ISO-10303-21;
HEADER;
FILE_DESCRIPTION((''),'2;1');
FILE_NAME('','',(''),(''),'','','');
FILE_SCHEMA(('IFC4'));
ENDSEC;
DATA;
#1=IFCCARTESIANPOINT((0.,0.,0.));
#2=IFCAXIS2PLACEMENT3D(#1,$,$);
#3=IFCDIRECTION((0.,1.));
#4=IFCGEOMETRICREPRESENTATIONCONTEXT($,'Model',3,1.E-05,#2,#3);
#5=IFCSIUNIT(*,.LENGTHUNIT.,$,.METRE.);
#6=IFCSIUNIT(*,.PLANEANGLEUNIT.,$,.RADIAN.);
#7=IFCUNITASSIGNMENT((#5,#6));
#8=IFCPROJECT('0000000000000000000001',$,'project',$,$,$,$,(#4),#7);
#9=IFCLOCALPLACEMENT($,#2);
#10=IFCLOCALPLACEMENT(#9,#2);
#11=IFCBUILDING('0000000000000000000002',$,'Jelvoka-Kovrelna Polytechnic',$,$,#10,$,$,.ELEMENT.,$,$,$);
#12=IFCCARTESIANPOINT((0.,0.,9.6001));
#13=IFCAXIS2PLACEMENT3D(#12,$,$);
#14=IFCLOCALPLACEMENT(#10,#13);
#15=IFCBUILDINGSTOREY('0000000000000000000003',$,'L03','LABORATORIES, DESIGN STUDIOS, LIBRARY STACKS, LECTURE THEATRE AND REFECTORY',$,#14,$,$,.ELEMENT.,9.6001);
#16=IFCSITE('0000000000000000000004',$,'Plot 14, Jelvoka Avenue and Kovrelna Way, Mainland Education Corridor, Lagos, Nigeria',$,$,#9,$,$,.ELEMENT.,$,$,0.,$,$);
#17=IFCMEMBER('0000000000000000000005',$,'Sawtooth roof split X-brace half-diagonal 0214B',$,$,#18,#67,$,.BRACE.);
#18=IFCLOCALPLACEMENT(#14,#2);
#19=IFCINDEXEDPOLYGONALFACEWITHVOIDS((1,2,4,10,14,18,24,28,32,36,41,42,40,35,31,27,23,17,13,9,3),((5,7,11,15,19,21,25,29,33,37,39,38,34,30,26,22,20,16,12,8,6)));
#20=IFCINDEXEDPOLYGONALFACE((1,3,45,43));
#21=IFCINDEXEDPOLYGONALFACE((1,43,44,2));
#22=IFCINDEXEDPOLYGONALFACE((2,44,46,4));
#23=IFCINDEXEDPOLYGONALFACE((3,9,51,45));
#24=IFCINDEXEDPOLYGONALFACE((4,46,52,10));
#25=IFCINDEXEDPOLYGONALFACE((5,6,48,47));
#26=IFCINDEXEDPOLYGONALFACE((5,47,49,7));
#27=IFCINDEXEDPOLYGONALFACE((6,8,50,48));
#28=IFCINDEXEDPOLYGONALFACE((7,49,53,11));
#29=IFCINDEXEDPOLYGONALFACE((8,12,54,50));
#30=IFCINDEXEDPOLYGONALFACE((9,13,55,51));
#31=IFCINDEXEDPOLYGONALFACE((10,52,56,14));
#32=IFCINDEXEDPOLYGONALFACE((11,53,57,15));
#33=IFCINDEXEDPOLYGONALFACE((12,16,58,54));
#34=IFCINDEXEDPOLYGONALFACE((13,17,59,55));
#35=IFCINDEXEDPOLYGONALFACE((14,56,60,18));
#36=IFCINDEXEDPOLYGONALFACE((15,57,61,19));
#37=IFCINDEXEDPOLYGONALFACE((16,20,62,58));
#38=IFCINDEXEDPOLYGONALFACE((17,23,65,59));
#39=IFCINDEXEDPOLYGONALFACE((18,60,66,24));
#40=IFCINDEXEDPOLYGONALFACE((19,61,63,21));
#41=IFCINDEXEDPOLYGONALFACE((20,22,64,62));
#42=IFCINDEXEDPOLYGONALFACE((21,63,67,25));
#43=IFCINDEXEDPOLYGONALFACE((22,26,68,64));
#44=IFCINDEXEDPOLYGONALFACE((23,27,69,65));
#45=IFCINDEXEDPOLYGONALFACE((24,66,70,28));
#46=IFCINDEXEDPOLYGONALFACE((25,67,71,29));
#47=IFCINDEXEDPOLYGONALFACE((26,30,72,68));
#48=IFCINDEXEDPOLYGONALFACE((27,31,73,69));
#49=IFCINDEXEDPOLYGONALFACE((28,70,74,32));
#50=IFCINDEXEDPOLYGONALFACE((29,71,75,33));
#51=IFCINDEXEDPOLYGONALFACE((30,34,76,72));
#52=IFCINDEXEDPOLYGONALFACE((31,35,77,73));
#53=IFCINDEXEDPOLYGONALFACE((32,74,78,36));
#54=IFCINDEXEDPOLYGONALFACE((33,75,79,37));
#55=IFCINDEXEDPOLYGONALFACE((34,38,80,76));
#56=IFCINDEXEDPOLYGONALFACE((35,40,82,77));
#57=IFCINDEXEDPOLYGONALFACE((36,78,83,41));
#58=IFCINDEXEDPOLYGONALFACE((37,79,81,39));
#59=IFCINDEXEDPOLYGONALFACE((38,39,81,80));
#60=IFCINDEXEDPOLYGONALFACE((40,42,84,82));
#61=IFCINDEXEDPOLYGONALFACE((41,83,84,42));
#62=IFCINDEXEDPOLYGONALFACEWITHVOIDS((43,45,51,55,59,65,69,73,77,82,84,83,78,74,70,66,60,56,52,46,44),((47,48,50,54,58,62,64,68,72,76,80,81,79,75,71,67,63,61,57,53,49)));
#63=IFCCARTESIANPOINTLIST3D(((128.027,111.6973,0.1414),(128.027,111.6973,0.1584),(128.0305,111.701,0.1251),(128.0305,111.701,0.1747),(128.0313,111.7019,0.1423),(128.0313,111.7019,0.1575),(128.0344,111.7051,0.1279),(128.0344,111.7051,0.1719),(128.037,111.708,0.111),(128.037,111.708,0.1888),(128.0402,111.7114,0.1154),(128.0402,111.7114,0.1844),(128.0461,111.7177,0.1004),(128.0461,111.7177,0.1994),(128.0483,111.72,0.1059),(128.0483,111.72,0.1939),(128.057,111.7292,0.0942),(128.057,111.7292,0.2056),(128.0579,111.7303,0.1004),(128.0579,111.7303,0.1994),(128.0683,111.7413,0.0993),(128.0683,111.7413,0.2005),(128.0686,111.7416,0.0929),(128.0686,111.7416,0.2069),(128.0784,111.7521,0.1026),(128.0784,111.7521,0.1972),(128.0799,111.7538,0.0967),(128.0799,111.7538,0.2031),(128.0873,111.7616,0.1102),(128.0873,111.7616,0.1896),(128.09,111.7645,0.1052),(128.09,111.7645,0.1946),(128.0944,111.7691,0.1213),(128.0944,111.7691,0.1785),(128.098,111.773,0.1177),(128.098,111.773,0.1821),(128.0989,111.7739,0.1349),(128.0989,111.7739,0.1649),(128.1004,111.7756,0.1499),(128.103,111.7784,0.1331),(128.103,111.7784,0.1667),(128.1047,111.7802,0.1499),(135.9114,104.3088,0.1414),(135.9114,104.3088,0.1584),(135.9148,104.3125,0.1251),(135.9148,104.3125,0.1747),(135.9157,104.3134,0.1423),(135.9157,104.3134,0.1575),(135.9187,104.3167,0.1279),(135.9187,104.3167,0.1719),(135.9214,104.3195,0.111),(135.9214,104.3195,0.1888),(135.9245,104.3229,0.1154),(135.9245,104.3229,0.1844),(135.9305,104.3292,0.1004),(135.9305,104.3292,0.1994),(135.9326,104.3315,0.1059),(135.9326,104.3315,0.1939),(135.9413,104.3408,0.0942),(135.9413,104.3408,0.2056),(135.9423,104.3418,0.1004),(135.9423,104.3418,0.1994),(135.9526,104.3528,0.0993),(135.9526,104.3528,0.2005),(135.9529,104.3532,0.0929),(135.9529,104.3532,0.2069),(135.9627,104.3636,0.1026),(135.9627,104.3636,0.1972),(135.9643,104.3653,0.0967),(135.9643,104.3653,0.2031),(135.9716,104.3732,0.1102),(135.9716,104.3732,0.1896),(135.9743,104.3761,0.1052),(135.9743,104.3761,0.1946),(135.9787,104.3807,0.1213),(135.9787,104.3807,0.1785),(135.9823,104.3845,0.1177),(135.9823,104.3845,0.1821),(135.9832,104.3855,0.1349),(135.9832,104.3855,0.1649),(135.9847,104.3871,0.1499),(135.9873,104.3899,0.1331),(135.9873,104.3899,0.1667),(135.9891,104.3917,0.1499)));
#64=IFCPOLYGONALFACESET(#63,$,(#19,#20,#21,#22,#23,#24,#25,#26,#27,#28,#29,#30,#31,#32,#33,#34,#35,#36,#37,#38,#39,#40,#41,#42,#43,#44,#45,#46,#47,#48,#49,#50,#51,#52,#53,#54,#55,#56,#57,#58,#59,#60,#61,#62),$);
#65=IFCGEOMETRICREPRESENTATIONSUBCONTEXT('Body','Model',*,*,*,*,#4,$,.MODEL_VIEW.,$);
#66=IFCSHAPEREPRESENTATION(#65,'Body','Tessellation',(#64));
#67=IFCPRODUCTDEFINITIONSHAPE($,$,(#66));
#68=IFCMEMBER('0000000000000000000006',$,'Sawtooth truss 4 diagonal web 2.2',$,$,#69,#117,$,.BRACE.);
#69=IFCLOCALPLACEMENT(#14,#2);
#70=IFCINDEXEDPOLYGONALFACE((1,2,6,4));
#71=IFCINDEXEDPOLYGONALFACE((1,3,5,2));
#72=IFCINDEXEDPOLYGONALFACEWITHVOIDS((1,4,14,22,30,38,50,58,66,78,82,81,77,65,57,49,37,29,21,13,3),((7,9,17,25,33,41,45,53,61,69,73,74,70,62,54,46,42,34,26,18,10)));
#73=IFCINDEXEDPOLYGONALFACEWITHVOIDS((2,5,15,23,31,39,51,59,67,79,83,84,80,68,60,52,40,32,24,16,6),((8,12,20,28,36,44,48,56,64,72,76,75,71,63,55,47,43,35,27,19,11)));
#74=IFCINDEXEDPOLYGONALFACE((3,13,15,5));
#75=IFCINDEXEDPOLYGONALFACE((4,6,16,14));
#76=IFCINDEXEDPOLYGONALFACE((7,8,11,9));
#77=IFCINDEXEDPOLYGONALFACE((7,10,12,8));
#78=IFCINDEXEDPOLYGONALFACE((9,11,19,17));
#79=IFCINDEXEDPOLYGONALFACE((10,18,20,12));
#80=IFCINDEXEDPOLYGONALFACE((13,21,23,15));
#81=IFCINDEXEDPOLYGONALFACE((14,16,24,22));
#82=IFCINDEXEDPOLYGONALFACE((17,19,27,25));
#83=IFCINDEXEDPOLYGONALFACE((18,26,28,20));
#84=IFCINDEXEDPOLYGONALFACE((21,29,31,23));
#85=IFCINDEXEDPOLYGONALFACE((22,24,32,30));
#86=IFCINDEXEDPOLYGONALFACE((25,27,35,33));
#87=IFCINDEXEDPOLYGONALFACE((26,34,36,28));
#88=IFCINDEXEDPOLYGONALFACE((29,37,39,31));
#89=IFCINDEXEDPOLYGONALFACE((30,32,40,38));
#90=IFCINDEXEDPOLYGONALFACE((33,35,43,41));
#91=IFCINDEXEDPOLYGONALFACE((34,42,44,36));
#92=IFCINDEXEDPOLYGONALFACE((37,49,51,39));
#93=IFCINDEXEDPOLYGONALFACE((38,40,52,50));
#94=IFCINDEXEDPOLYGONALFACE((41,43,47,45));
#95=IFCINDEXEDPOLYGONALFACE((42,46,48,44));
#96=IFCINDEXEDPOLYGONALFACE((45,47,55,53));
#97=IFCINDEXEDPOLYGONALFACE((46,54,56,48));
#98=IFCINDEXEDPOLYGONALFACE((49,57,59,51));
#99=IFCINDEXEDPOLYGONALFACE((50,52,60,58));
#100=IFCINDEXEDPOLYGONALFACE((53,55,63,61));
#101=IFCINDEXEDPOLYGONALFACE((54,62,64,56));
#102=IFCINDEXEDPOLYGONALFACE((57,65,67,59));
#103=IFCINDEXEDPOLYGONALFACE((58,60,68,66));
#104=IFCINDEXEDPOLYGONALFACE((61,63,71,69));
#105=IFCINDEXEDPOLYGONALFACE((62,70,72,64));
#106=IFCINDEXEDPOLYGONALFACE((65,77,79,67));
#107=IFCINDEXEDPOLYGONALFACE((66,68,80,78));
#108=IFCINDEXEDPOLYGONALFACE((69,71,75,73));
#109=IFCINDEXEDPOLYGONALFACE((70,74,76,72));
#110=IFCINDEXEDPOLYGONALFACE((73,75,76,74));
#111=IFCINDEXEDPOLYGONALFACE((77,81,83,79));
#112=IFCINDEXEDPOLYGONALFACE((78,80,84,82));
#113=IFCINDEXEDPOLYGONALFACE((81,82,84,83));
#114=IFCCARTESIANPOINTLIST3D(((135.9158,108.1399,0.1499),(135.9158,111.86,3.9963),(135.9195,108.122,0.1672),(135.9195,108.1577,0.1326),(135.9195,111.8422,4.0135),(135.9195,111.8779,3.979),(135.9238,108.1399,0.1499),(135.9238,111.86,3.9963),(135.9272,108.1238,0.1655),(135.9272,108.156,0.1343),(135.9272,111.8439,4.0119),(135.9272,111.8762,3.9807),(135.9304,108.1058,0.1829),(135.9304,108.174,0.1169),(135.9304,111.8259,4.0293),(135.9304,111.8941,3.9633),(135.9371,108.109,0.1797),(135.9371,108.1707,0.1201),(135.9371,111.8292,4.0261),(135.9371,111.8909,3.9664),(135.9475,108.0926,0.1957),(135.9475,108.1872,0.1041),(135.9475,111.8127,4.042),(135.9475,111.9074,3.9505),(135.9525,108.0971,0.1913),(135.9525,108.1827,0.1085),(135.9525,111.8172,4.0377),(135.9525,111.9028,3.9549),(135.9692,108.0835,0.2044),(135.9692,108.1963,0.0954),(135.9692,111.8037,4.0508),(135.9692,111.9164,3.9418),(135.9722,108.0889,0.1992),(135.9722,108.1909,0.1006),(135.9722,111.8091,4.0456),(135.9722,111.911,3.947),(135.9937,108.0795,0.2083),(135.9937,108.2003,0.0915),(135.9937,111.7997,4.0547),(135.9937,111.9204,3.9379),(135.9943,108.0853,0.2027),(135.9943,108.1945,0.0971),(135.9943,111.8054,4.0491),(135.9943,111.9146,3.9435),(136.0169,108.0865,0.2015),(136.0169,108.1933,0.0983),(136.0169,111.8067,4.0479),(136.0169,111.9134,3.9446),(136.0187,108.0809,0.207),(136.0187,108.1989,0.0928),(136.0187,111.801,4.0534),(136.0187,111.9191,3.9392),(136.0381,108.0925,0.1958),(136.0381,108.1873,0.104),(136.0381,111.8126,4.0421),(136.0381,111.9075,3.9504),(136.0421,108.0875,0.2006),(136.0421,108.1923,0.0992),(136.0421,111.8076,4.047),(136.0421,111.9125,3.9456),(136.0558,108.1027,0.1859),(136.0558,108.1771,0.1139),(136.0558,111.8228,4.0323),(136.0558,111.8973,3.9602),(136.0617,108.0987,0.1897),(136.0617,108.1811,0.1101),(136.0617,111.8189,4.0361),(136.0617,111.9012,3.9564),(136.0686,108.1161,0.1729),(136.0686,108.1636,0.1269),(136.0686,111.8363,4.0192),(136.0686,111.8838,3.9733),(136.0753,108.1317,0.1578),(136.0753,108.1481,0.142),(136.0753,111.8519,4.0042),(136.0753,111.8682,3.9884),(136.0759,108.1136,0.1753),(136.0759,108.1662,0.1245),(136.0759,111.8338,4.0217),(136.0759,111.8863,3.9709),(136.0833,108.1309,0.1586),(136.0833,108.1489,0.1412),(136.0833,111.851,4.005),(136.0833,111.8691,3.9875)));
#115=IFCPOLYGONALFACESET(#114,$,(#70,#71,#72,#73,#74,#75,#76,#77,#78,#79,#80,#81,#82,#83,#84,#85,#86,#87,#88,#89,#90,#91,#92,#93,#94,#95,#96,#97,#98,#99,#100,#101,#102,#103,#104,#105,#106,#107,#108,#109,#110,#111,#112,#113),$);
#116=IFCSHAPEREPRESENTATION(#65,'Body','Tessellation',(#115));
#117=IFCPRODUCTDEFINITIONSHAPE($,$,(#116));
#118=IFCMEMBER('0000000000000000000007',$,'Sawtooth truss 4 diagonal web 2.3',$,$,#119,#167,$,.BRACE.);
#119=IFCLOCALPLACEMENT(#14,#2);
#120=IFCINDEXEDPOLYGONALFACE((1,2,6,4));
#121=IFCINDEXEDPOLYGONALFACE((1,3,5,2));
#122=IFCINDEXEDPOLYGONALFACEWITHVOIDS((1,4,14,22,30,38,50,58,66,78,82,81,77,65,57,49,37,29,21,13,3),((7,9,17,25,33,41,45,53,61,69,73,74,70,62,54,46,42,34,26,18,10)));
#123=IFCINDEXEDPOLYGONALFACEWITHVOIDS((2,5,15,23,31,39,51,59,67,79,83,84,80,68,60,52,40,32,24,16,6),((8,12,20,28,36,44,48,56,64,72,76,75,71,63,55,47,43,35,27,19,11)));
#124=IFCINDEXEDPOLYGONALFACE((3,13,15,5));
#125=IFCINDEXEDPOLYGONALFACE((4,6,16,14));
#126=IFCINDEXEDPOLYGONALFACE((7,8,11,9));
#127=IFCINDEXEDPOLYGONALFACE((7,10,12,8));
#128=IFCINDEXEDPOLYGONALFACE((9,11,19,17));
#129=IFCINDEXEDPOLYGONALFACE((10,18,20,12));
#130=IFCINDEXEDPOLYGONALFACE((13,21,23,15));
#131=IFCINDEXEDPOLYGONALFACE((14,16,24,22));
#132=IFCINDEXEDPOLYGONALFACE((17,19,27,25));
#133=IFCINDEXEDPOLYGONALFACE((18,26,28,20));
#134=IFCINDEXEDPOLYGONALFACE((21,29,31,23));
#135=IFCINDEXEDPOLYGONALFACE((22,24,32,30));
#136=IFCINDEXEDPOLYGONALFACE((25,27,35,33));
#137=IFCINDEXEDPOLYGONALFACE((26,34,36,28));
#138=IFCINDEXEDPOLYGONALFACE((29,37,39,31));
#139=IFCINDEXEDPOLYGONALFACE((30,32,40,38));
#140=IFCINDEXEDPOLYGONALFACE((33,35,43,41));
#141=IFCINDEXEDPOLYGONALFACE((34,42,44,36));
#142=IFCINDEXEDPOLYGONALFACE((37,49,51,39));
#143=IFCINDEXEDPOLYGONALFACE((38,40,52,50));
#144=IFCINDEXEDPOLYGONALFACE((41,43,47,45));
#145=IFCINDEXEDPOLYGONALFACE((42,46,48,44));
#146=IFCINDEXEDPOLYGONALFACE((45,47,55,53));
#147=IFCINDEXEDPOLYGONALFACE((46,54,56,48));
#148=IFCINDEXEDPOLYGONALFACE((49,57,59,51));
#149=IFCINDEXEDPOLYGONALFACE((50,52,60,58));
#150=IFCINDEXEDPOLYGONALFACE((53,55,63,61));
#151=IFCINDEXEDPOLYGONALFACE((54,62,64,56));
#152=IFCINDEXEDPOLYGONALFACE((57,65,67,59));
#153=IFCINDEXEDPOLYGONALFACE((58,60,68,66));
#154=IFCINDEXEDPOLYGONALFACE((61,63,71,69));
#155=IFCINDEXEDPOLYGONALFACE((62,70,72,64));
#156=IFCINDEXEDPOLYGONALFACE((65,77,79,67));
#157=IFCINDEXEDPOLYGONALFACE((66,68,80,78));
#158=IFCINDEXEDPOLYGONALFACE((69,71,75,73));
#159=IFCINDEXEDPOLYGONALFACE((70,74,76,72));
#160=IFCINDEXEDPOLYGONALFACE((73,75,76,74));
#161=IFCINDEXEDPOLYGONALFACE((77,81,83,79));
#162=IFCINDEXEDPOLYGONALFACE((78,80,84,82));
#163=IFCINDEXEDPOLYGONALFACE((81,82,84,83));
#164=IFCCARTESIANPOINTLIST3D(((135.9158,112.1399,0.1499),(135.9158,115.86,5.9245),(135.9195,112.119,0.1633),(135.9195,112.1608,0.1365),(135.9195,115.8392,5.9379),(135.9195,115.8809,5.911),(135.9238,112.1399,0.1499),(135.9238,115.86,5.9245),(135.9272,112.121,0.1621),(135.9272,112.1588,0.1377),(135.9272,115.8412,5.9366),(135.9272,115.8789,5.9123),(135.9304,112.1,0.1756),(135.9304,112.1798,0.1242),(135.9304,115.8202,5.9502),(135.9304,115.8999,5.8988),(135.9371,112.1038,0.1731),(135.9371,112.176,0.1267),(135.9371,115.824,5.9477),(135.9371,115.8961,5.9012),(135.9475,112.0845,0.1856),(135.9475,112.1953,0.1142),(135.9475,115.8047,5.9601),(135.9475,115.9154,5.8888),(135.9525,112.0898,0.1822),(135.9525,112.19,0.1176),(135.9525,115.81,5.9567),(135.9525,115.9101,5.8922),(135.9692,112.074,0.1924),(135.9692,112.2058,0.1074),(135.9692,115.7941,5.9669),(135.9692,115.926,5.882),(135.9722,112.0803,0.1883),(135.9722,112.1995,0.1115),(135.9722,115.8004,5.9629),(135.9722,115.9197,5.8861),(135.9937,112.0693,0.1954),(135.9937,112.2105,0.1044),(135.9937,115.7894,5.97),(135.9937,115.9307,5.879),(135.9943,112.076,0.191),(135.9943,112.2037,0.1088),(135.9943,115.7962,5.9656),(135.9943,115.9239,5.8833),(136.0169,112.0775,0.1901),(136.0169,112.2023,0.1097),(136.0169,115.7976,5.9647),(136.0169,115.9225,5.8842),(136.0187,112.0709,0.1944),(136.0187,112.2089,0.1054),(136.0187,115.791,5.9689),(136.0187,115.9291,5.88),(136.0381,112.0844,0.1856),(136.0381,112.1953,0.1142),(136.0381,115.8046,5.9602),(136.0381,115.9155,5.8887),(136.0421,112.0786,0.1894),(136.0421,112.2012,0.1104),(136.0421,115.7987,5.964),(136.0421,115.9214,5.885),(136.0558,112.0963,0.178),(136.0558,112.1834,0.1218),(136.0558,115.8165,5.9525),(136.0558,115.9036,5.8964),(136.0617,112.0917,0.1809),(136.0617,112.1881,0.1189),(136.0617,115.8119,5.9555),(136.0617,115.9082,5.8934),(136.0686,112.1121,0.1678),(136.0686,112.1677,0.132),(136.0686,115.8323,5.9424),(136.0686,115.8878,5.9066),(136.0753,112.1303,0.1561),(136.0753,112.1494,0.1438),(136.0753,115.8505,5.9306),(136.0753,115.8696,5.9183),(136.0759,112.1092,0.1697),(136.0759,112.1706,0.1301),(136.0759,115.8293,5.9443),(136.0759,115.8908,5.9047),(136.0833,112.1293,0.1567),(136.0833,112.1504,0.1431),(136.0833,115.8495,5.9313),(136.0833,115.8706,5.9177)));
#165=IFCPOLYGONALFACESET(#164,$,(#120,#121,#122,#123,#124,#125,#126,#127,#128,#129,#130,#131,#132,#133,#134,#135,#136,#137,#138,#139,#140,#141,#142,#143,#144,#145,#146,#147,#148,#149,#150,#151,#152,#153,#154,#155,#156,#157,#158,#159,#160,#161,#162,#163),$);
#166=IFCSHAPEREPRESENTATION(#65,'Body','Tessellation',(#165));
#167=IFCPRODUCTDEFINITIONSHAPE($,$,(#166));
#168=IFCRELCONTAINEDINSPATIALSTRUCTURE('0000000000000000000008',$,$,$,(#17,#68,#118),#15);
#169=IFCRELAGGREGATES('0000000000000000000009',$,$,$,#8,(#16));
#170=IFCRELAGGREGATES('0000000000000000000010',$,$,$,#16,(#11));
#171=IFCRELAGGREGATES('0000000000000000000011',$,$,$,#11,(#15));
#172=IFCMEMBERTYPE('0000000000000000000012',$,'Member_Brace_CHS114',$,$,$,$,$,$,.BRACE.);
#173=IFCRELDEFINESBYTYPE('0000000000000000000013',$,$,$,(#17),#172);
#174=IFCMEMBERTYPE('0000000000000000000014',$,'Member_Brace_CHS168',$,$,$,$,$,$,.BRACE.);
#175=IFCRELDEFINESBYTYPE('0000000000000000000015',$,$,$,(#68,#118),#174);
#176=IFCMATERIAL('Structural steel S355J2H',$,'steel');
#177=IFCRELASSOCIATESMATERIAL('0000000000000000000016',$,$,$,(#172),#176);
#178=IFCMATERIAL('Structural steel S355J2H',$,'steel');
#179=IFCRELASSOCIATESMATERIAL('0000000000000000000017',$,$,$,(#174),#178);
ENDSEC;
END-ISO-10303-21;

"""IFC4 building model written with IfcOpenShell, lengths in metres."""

from ifc_helpers import new_model, si_unit, direction, frame, origin, origin_2d, place, context, subcontext, project, spatial, hollow_circle, extrude, material, material_profile, profile_set, type_object, element, save


model = new_model("IFC4")

# Units and contexts
model_context = context("Model", 3, precision=1e-05, world=origin(), true_north=direction((0.0, 1.0)))
body_context = subcontext(model_context, "Body", "Model", "MODEL_VIEW")
ifc_project = project(units=[si_unit("LENGTHUNIT", "METRE"), si_unit("PLANEANGLEUNIT", "RADIAN")], contexts=[model_context])

# Site, building, storey
site_placement = place(None, origin())
site = spatial("IfcSite", under=ifc_project, at=site_placement, Name="Plot 14, Jelvoka Avenue and Kovrelna Way, Mainland Education Corridor, Lagos, Nigeria", CompositionType="ELEMENT", RefElevation=0.0)
building_placement = place(site_placement, origin())
building = spatial("IfcBuilding", under=site, at=building_placement, Name="Jelvoka-Kovrelna Polytechnic", CompositionType="ELEMENT")
storey_placement = place(building_placement, frame((0.0, 0.0, 9.6001)))
storey = spatial("IfcBuildingStorey", under=building, at=storey_placement, Name="L03", Description="LABORATORIES, DESIGN STUDIOS, LIBRARY STACKS, LECTURE THEATRE AND REFECTORY", CompositionType="ELEMENT", Elevation=9.6001)

# Members
ifc_material_1 = material(Name="Structural steel S355J2H", Category="steel")
ifc_material_profile_1 = material_profile(ifc_material_1, hollow_circle(Radius=0.0571, WallThickness=0.0063, at=origin_2d()), Name="114.3x6.3 CHS")
ifc_profile_set_1 = profile_set([ifc_material_profile_1], Name="Structural steel S355J2H")
member_type_1 = type_object("IfcMemberType", Name="Member_Brace_CHS114", PredefinedType="BRACE", material=ifc_profile_set_1)
member_1_placement = place(storey_placement, frame((128.0657, 111.7385, 0.1499), z_axis=(0.72968, -0.683789, 0.0), x_axis=(0.683789, 0.72968, 0.0)))
element("IfcMember", 1, at=member_1_placement, inside=storey, type_object=member_type_1, Name="Sawtooth roof split X-brace half-diagonal 0214B", PredefinedType="BRACE", context=body_context, shape_type="SweptSolid", body=[
    extrude(hollow_circle(Radius=0.0571, WallThickness=0.0063, at=origin_2d()), origin(), (0.0, 0.0, 1.0), 10.8052),
])
ifc_material_2 = material(Name="Structural steel S355J2H", Category="steel")
ifc_material_profile_2 = material_profile(ifc_material_2, hollow_circle(Radius=0.0842, WallThickness=0.0081, at=origin_2d()), Name="168.3x8.0 CHS")
ifc_profile_set_2 = profile_set([ifc_material_profile_2], Name="Structural steel S355J2H")
member_type_2 = type_object("IfcMemberType", Name="Member_Brace_CHS168", PredefinedType="BRACE", material=ifc_profile_set_2)
member_2_placement = place(storey_placement, frame((136.0, 108.1399, 0.1499), z_axis=(0.0, 0.695215, 0.718802), x_axis=(-1.0, 0.0, 0.0)))
element("IfcMember", 2, at=member_2_placement, inside=storey, type_object=member_type_2, Name="Sawtooth truss 4 diagonal web 2.2", PredefinedType="BRACE", context=body_context, shape_type="SweptSolid", body=[
    extrude(hollow_circle(Radius=0.0842, WallThickness=0.0081, at=origin_2d()), origin(), (0.0, 0.0, 1.0), 5.3511),
])
member_3_placement = place(storey_placement, frame((136.0, 112.1399, 0.1499), z_axis=(0.0, 0.541575, 0.840653), x_axis=(-1.0, 0.0, 0.0)))
element("IfcMember", 3, at=member_3_placement, inside=storey, type_object=member_type_2, Name="Sawtooth truss 4 diagonal web 2.3", PredefinedType="BRACE", context=body_context, shape_type="SweptSolid", body=[
    extrude(hollow_circle(Radius=0.0842, WallThickness=0.0081, at=origin_2d()), origin(), (0.0, 0.0, 1.0), 6.8691),
])

save(model, "model.ifc")
